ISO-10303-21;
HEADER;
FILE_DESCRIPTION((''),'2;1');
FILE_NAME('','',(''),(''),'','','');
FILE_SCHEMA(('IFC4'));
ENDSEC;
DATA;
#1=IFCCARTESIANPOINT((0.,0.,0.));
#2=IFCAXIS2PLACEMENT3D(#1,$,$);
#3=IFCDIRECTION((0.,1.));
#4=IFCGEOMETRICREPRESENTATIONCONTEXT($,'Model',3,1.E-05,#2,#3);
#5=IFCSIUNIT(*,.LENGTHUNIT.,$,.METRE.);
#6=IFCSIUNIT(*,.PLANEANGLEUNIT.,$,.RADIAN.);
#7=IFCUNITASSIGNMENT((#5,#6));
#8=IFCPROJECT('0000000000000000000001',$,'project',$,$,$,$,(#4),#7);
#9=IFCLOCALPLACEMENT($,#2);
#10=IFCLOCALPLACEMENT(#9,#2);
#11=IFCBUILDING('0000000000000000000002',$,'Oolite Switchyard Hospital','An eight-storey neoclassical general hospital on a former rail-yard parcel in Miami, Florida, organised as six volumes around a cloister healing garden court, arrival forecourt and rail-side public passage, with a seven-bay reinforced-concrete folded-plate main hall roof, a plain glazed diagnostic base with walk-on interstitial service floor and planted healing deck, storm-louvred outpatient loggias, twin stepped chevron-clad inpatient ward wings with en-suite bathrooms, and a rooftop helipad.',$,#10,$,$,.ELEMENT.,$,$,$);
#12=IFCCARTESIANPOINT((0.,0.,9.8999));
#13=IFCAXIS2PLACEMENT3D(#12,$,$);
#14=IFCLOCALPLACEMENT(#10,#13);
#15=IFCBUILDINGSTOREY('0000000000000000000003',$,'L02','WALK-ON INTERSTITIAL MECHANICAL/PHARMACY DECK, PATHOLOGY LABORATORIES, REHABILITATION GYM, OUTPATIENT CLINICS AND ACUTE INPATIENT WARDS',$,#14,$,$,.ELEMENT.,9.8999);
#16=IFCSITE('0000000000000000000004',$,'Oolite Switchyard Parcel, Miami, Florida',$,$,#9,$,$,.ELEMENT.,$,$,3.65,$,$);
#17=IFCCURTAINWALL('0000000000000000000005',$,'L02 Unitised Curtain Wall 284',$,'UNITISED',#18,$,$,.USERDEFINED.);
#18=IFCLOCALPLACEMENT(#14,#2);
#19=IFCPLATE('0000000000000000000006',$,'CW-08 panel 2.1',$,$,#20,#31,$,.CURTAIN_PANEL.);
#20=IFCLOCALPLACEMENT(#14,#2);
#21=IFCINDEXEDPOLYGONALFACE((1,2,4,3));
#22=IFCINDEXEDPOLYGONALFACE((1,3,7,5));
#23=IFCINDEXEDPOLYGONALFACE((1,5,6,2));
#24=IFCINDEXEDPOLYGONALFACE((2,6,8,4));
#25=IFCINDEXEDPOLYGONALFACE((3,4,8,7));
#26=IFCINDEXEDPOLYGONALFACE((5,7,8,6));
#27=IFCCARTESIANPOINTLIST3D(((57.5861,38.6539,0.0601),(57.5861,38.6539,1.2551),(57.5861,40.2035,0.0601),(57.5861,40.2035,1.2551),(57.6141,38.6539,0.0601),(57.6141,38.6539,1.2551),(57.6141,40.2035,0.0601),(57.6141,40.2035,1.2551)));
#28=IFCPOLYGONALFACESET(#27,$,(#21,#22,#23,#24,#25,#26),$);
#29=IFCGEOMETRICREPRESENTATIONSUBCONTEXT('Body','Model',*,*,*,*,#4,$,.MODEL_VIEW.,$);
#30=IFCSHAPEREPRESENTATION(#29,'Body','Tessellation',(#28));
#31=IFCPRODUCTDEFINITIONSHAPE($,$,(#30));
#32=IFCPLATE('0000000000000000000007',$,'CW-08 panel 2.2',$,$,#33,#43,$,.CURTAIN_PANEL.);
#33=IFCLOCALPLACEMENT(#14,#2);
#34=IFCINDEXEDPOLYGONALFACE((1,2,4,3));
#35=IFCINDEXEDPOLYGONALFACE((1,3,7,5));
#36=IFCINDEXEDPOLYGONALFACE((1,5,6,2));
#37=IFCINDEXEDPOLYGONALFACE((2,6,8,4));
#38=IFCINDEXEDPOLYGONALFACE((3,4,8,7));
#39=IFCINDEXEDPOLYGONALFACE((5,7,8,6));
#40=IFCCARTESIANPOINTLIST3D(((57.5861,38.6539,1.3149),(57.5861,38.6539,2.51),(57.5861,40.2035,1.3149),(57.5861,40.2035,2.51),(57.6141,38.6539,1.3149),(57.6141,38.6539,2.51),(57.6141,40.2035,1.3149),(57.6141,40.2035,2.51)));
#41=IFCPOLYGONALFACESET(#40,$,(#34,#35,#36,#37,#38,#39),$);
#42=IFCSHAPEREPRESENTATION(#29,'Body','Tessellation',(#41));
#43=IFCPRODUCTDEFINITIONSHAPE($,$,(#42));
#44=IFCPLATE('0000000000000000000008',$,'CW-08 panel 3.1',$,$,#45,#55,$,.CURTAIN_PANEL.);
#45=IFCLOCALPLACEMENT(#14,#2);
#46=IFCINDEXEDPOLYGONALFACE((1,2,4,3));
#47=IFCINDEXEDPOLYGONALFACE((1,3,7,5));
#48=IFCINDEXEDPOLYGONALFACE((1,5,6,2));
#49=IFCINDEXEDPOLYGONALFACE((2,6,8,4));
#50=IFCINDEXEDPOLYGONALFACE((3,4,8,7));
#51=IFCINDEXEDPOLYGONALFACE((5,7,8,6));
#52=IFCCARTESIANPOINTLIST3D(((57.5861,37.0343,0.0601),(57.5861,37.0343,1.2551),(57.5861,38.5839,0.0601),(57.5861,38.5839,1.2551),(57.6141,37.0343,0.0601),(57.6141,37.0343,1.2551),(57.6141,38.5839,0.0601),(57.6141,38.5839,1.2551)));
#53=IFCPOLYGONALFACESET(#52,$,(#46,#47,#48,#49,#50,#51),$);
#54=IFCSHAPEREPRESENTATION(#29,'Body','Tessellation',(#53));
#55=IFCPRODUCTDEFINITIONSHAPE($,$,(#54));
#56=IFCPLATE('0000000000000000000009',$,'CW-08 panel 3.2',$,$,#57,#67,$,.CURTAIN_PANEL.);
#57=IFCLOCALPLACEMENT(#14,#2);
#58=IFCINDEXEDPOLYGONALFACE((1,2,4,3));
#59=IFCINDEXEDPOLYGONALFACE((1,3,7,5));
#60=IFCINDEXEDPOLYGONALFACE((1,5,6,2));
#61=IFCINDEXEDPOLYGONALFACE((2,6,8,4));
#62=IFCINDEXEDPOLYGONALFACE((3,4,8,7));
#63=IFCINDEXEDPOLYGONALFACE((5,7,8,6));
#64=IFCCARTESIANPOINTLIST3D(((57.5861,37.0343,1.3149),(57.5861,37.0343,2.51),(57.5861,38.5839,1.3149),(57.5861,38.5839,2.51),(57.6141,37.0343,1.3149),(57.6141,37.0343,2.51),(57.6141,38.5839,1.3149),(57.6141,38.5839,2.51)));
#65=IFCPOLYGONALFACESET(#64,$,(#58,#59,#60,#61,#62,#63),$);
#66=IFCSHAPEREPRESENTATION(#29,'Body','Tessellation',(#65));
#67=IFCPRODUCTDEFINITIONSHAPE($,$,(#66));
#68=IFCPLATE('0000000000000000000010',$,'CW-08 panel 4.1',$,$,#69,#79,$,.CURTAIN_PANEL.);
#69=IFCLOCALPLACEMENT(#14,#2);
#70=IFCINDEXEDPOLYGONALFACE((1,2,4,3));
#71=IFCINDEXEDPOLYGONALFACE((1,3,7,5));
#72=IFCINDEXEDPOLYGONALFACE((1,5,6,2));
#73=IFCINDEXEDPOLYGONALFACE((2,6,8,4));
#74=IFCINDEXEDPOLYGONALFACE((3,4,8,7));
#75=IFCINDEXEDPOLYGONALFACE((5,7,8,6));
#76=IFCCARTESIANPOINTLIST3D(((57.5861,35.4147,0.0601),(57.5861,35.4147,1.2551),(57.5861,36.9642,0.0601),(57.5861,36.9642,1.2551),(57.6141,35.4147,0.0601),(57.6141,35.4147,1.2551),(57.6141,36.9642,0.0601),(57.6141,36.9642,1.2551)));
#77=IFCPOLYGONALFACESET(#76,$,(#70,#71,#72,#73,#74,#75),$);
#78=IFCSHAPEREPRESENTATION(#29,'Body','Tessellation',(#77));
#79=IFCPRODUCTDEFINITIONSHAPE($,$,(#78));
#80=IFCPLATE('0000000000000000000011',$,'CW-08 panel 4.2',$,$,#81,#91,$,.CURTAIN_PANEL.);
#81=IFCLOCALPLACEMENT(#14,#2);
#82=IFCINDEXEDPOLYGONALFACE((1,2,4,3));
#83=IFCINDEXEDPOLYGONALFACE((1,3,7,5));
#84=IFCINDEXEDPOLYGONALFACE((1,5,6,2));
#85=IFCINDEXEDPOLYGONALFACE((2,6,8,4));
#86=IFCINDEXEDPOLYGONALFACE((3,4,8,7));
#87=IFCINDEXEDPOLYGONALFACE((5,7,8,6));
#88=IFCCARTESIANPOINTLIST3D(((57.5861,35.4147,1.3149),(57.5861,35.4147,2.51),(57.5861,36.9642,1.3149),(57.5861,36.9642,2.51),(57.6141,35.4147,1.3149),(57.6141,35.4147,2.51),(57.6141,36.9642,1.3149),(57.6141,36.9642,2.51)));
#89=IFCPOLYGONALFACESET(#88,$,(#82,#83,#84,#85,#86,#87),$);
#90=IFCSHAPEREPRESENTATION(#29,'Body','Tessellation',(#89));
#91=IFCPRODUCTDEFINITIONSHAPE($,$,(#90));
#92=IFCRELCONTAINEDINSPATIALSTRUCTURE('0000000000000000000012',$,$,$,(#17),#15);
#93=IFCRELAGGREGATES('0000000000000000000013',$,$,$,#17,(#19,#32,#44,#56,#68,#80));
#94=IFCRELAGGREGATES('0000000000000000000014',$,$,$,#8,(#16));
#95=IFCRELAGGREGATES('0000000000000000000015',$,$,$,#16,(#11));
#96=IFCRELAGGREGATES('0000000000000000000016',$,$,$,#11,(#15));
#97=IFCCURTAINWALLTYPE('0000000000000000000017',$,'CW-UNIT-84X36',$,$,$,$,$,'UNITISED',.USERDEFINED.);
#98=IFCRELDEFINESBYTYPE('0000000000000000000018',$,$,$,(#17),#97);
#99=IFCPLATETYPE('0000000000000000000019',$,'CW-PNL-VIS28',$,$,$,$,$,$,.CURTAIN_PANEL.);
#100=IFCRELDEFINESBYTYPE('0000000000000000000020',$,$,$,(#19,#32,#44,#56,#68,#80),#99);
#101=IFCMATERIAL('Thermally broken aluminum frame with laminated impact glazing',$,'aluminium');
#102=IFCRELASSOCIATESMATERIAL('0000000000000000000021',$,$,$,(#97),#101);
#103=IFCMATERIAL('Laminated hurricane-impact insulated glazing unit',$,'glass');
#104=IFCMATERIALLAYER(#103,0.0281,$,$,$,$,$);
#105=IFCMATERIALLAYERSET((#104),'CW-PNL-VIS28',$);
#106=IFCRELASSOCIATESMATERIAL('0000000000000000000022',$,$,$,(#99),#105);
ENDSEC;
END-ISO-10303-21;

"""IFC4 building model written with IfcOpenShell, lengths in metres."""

from ifc_helpers import new_model, si_unit, direction, frame, origin, origin_2d, place, context, subcontext, project, spatial, rectangle, extrude, material, layer, layer_set, type_object, element, aggregate, save


model = new_model("IFC4")

# Units and contexts
model_context = context("Model", 3, precision=1e-05, world=origin(), true_north=direction((0.0, 1.0)))
body_context = subcontext(model_context, "Body", "Model", "MODEL_VIEW")
ifc_project = project(units=[si_unit("LENGTHUNIT", "METRE"), si_unit("PLANEANGLEUNIT", "RADIAN")], contexts=[model_context])

# Site, building, storey
site_placement = place(None, origin())
site = spatial("IfcSite", under=ifc_project, at=site_placement, Name="Oolite Switchyard Parcel, Miami, Florida", CompositionType="ELEMENT", RefElevation=3.65)
building_placement = place(site_placement, origin())
building = spatial("IfcBuilding", under=site, at=building_placement, Name="Oolite Switchyard Hospital", Description="An eight-storey neoclassical general hospital on a former rail-yard parcel in Miami, Florida, organised as six volumes around a cloister healing garden court, arrival forecourt and rail-side public passage, with a seven-bay reinforced-concrete folded-plate main hall roof, a plain glazed diagnostic base with walk-on interstitial service floor and planted healing deck, storm-louvred outpatient loggias, twin stepped chevron-clad inpatient ward wings with en-suite bathrooms, and a rooftop helipad.", CompositionType="ELEMENT")
storey_placement = place(building_placement, frame((0.0, 0.0, 9.8999)))
storey = spatial("IfcBuildingStorey", under=building, at=storey_placement, Name="L02", Description="WALK-ON INTERSTITIAL MECHANICAL/PHARMACY DECK, PATHOLOGY LABORATORIES, REHABILITATION GYM, OUTPATIENT CLINICS AND ACUTE INPATIENT WARDS", CompositionType="ELEMENT", Elevation=9.8999)

# Curtain wall, plates
ifc_material_1 = material(Name="Thermally broken aluminum frame with laminated impact glazing", Category="aluminium")
curtain_wall_type = type_object("IfcCurtainWallType", Name="CW-UNIT-84X36", ElementType="UNITISED", PredefinedType="USERDEFINED", material=ifc_material_1)
curtain_wall_placement = place(storey_placement, origin())
curtain_wall = element("IfcCurtainWall", 1, at=curtain_wall_placement, inside=storey, type_object=curtain_wall_type, Name="L02 Unitised Curtain Wall 284", ObjectType="UNITISED", PredefinedType="USERDEFINED")
ifc_material_2 = material(Name="Laminated hurricane-impact insulated glazing unit", Category="glass")
ifc_layer = layer(ifc_material_2, 0.0281)
ifc_layer_set = layer_set([ifc_layer], Name="CW-PNL-VIS28")
plate_type = type_object("IfcPlateType", Name="CW-PNL-VIS28", PredefinedType="CURTAIN_PANEL", material=ifc_layer_set)
plate_1_placement = place(storey_placement, frame((57.6001, 39.4287, 0.0601), z_axis=(0.0, 0.0, 1.0), x_axis=(0.0, -1.0, 0.0)))
plate_1 = element("IfcPlate", 2, at=plate_1_placement, type_object=plate_type, Name="CW-08 panel 2.1", PredefinedType="CURTAIN_PANEL", context=body_context, shape_type="SweptSolid", body=[
    extrude(rectangle(XDim=1.5496, YDim=0.0281, at=origin_2d()), origin(), (0.0, 0.0, 1.0), 1.1951),
])
plate_2_placement = place(storey_placement, frame((57.6001, 39.4287, 1.3149), z_axis=(0.0, 0.0, 1.0), x_axis=(0.0, -1.0, 0.0)))
plate_2 = element("IfcPlate", 3, at=plate_2_placement, type_object=plate_type, Name="CW-08 panel 2.2", PredefinedType="CURTAIN_PANEL", context=body_context, shape_type="SweptSolid", body=[
    extrude(rectangle(XDim=1.5496, YDim=0.0281, at=origin_2d()), origin(), (0.0, 0.0, 1.0), 1.1951),
])
plate_3_placement = place(storey_placement, frame((57.6001, 37.8091, 0.0601), z_axis=(0.0, 0.0, 1.0), x_axis=(0.0, -1.0, 0.0)))
plate_3 = element("IfcPlate", 4, at=plate_3_placement, type_object=plate_type, Name="CW-08 panel 3.1", PredefinedType="CURTAIN_PANEL", context=body_context, shape_type="SweptSolid", body=[
    extrude(rectangle(XDim=1.5496, YDim=0.0281, at=origin_2d()), origin(), (0.0, 0.0, 1.0), 1.1951),
])
plate_4_placement = place(storey_placement, frame((57.6001, 37.8091, 1.3149), z_axis=(0.0, 0.0, 1.0), x_axis=(0.0, -1.0, 0.0)))
plate_4 = element("IfcPlate", 5, at=plate_4_placement, type_object=plate_type, Name="CW-08 panel 3.2", PredefinedType="CURTAIN_PANEL", context=body_context, shape_type="SweptSolid", body=[
    extrude(rectangle(XDim=1.5496, YDim=0.0281, at=origin_2d()), origin(), (0.0, 0.0, 1.0), 1.1951),
])
plate_5_placement = place(storey_placement, frame((57.6001, 36.1895, 0.0601), z_axis=(0.0, 0.0, 1.0), x_axis=(0.0, -1.0, 0.0)))
plate_5 = element("IfcPlate", 6, at=plate_5_placement, type_object=plate_type, Name="CW-08 panel 4.1", PredefinedType="CURTAIN_PANEL", context=body_context, shape_type="SweptSolid", body=[
    extrude(rectangle(XDim=1.5496, YDim=0.0281, at=origin_2d()), origin(), (0.0, 0.0, 1.0), 1.1951),
])
plate_6_placement = place(storey_placement, frame((57.6001, 36.1895, 1.3149), z_axis=(0.0, 0.0, 1.0), x_axis=(0.0, -1.0, 0.0)))
plate_6 = element("IfcPlate", 7, at=plate_6_placement, type_object=plate_type, Name="CW-08 panel 4.2", PredefinedType="CURTAIN_PANEL", context=body_context, shape_type="SweptSolid", body=[
    extrude(rectangle(XDim=1.5496, YDim=0.0281, at=origin_2d()), origin(), (0.0, 0.0, 1.0), 1.1951),
])
aggregate(curtain_wall, [plate_1, plate_2, plate_3, plate_4, plate_5, plate_6])

save(model, "model.ifc")
